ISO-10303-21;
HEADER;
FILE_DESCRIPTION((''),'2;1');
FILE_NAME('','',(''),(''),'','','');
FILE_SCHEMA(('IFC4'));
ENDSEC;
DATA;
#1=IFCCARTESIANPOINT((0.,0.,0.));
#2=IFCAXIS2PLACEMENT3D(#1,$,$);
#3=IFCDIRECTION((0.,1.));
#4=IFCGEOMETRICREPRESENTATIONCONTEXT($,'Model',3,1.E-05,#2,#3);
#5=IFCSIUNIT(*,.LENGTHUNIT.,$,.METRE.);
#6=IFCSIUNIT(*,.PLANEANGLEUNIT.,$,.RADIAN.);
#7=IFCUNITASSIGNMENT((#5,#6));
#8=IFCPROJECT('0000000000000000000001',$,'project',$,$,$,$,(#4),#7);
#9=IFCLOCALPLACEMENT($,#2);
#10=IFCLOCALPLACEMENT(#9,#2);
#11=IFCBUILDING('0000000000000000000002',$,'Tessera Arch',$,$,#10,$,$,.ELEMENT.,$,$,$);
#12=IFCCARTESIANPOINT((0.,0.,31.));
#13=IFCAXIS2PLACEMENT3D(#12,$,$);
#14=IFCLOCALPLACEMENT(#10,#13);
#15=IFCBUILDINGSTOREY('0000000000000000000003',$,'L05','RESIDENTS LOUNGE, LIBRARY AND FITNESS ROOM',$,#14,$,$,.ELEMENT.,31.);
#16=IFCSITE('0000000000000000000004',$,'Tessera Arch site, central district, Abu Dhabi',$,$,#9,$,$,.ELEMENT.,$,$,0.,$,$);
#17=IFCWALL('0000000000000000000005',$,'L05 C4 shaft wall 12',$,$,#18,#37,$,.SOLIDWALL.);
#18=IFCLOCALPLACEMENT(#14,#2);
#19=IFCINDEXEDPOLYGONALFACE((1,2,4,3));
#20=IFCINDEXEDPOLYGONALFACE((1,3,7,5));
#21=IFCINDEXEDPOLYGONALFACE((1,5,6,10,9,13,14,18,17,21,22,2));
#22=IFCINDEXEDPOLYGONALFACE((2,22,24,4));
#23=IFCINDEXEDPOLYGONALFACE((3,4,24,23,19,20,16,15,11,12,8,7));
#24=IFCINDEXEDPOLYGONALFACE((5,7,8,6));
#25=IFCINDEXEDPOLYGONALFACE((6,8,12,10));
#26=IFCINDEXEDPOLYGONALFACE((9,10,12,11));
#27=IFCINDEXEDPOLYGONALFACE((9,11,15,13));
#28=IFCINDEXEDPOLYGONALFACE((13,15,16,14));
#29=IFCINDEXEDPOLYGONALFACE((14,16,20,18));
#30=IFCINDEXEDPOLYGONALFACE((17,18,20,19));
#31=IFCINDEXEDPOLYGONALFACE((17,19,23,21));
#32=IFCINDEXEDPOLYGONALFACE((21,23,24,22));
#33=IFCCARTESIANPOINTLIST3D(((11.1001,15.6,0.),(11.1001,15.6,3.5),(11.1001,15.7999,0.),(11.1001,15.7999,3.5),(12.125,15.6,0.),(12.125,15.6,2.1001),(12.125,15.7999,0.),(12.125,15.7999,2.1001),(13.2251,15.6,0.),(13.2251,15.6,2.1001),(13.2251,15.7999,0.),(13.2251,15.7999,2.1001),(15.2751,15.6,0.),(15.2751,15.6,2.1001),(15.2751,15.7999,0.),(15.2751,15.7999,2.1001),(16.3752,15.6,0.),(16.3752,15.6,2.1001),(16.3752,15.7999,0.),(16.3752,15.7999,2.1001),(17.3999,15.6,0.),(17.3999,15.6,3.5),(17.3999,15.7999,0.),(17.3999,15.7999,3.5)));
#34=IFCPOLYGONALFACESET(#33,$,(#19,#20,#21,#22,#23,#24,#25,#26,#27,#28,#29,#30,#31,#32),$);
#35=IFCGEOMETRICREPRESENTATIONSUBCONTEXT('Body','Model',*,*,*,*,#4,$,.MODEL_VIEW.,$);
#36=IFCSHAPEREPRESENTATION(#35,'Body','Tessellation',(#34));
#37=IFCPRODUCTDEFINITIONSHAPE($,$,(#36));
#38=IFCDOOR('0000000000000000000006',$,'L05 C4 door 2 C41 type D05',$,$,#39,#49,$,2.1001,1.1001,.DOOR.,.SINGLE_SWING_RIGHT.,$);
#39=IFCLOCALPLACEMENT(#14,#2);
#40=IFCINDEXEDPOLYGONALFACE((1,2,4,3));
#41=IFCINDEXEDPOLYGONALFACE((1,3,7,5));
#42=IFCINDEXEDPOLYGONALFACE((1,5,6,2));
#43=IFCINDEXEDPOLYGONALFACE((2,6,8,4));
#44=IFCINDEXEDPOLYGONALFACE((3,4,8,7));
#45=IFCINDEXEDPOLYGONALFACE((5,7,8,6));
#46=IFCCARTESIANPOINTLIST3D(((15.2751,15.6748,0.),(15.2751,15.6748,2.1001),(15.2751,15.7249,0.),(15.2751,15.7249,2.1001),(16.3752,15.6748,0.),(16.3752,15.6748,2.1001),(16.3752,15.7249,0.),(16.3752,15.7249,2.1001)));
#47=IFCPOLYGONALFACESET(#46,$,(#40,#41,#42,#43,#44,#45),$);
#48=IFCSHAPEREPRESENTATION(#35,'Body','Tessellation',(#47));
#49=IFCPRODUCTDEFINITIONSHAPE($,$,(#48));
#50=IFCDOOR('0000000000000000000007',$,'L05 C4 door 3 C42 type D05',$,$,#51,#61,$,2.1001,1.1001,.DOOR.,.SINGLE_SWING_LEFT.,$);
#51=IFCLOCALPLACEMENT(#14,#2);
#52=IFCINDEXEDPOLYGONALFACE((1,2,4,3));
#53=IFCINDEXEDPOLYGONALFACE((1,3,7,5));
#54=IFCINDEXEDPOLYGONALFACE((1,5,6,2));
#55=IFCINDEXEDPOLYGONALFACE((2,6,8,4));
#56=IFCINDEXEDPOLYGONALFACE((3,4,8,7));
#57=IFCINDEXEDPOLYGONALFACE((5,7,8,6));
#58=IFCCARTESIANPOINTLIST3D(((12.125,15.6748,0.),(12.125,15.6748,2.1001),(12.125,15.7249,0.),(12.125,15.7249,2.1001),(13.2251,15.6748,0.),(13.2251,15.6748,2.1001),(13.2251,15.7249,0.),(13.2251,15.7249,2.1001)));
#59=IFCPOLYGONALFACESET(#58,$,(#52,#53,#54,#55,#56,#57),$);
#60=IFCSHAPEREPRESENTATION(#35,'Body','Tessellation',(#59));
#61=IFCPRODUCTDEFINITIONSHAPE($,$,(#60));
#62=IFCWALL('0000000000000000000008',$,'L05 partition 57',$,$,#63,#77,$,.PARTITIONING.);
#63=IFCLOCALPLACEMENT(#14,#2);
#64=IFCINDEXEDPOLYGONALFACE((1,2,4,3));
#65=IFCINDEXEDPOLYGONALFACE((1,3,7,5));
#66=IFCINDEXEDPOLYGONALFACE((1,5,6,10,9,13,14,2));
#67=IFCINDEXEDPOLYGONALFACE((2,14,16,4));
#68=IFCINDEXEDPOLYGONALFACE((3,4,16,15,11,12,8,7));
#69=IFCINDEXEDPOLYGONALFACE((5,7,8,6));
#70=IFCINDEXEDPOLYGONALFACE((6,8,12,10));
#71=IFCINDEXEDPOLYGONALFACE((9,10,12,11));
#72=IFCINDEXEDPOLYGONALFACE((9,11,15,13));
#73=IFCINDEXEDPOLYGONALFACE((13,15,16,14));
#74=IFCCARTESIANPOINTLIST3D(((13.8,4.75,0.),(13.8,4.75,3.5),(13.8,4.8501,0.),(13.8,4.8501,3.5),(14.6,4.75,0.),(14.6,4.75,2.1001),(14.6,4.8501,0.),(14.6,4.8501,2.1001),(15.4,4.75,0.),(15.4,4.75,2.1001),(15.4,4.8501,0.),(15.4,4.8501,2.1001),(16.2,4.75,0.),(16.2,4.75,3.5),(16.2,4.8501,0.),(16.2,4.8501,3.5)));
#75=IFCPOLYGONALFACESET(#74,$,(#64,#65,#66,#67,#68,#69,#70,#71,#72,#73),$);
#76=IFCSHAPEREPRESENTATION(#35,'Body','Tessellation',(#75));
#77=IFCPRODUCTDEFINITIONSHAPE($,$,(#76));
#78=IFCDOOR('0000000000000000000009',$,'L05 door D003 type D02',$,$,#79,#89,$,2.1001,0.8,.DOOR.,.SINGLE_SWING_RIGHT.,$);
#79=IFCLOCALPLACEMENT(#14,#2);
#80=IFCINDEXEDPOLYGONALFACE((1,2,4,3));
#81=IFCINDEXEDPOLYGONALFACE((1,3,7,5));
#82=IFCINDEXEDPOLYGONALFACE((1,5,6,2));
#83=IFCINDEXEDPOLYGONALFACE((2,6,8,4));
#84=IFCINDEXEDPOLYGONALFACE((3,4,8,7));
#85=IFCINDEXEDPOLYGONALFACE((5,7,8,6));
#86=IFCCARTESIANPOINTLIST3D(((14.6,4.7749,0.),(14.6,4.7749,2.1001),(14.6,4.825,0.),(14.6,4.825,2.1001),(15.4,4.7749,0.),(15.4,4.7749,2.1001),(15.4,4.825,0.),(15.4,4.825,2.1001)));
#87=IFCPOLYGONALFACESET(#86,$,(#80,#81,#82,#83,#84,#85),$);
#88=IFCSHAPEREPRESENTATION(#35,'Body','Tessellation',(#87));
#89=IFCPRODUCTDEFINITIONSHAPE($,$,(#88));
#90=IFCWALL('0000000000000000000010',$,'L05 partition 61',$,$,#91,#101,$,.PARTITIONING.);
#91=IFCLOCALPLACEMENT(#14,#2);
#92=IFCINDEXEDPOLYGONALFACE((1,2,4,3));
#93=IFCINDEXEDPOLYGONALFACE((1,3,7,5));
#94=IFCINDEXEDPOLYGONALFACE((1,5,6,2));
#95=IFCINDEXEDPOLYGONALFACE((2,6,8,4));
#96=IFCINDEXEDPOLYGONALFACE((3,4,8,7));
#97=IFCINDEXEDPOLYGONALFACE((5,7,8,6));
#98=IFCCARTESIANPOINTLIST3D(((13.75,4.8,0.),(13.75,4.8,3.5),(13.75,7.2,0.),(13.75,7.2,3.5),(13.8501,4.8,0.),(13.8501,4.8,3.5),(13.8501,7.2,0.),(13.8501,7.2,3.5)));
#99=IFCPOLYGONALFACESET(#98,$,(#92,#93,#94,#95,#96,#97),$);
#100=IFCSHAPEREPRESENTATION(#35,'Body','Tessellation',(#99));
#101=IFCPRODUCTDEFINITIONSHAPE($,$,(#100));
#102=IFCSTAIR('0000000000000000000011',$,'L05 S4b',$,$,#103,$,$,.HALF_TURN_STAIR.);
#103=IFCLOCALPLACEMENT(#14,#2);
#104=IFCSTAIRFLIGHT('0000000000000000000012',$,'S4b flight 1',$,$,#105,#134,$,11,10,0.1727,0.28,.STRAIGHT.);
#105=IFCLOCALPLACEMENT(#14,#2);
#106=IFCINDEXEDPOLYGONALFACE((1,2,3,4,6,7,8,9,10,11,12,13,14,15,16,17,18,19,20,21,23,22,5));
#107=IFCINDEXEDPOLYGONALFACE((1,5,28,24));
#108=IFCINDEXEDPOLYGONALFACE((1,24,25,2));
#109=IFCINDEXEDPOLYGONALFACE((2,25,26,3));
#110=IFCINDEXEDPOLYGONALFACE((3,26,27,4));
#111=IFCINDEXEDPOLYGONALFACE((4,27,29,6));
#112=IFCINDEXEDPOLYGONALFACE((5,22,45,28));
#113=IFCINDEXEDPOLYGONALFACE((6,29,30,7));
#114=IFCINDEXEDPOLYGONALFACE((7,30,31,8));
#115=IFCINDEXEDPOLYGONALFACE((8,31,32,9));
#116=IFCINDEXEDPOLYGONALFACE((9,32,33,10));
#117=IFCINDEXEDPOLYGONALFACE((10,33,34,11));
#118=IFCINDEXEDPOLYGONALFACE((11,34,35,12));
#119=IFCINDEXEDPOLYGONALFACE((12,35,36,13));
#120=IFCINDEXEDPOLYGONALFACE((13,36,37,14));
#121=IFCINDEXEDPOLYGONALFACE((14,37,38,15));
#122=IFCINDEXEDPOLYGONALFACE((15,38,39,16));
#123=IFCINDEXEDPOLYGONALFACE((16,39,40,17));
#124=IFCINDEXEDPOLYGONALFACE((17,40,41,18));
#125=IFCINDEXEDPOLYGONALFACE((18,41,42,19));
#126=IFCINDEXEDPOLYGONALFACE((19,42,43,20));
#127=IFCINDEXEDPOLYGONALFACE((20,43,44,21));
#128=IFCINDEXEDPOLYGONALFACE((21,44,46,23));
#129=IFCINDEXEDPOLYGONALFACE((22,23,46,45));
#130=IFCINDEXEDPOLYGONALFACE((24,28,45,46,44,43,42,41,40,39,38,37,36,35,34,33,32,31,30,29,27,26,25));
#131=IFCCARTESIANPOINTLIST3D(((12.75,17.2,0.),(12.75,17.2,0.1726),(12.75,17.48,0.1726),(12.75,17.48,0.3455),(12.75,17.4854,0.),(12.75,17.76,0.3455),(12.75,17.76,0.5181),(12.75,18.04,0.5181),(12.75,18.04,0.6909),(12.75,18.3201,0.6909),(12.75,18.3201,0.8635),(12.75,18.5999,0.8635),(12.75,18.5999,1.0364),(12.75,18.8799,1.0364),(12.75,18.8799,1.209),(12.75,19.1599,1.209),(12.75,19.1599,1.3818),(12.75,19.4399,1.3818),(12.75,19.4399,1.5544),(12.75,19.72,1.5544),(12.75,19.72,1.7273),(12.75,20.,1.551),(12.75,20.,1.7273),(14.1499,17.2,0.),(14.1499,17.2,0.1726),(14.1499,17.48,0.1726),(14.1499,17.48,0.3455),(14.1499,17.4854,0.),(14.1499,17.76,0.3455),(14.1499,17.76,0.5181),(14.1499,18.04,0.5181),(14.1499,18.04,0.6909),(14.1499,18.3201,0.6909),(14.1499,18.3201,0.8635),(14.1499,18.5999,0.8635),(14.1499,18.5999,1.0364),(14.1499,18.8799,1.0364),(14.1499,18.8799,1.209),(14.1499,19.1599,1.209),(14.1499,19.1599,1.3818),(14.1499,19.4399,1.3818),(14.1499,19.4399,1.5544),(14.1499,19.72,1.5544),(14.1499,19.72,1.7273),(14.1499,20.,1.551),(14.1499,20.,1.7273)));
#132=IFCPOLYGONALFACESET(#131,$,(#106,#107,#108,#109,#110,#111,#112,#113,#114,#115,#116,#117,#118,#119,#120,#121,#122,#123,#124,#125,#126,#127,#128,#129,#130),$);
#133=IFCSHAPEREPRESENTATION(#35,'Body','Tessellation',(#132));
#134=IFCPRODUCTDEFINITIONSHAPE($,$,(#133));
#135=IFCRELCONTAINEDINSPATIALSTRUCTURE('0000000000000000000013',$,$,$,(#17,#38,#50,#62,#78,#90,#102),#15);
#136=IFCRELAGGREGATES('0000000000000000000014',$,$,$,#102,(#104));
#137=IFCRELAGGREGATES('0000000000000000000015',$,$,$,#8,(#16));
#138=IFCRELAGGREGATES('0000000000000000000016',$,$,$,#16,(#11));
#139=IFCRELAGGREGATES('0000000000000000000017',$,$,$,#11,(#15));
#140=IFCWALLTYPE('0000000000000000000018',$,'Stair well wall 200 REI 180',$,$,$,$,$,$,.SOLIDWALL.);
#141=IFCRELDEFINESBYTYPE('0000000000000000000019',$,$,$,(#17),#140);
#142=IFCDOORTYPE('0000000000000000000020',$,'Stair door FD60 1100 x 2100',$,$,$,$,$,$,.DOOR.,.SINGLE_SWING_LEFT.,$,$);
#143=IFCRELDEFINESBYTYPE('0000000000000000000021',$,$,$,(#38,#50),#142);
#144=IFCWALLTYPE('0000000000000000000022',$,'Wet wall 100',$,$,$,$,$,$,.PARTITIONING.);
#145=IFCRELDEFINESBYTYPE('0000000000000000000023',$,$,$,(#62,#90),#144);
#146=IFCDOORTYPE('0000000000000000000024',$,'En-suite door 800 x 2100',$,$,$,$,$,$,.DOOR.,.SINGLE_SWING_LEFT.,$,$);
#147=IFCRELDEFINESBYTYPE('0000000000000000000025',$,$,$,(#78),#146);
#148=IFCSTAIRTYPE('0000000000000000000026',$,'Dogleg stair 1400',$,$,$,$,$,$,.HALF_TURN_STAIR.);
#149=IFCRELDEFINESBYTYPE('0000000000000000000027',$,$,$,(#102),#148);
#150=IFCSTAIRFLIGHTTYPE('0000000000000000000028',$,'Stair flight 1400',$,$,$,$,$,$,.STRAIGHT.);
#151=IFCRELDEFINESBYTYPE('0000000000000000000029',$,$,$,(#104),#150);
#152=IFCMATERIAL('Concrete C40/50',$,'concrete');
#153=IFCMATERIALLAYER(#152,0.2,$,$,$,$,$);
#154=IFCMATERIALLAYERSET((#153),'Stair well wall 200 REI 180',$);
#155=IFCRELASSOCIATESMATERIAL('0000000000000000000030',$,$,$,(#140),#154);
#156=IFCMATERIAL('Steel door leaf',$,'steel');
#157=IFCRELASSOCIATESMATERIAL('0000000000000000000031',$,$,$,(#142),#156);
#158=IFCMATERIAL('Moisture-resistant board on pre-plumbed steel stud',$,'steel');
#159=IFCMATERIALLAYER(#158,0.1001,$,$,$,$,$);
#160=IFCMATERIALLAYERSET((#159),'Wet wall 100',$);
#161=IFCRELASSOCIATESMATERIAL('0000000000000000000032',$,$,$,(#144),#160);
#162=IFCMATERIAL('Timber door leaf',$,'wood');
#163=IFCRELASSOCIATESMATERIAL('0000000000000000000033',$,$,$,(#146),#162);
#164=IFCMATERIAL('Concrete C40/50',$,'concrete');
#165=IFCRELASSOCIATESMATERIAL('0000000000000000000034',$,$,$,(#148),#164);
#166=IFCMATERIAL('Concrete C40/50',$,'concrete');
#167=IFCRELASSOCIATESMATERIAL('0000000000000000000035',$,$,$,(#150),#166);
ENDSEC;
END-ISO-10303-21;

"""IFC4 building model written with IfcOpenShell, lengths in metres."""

from ifc_helpers import new_model, si_unit, direction, frame, frame_2d, origin, place, context, subcontext, project, spatial, polyline, rectangle, outline, extrude, material, layer, layer_set, type_object, element, fill, aggregate, save


model = new_model("IFC4")

# Units and contexts
model_context = context("Model", 3, precision=1e-05, world=origin(), true_north=direction((0.0, 1.0)))
body_context = subcontext(model_context, "Body", "Model", "MODEL_VIEW")
ifc_project = project(units=[si_unit("LENGTHUNIT", "METRE"), si_unit("PLANEANGLEUNIT", "RADIAN")], contexts=[model_context])

# Site, building, storey
site_placement = place(None, origin())
site = spatial("IfcSite", under=ifc_project, at=site_placement, Name="Tessera Arch site, central district, Abu Dhabi", CompositionType="ELEMENT", RefElevation=0.0)
building_placement = place(site_placement, origin())
building = spatial("IfcBuilding", under=site, at=building_placement, Name="Tessera Arch", CompositionType="ELEMENT")
storey_placement = place(building_placement, frame((0.0, 0.0, 31.0)))
storey = spatial("IfcBuildingStorey", under=building, at=storey_placement, Name="L05", Description="RESIDENTS LOUNGE, LIBRARY AND FITNESS ROOM", CompositionType="ELEMENT", Elevation=31.0)

# Shared definitions
ifc_material_1 = material(Name="Concrete C40/50", Category="concrete")
ifc_layer_1 = layer(ifc_material_1, 0.2)
ifc_layer_set_1 = layer_set([ifc_layer_1], Name="Stair well wall 200 REI 180")
wall_type_1 = type_object("IfcWallType", Name="Stair well wall 200 REI 180", PredefinedType="SOLIDWALL", material=ifc_layer_set_1)

# Wall, openings, doors
wall_1_placement = place(storey_placement, frame((11.1001, 15.7, 0.0), z_axis=(0.0, 0.0, 1.0), x_axis=(1.0, 0.0, 0.0)))
wall_1 = element("IfcWall", 1, at=wall_1_placement, inside=storey, type_object=wall_type_1, Name="L05 C4 shaft wall 12", PredefinedType="SOLIDWALL", context=body_context, shape_type="SweptSolid", body=[
    extrude(rectangle(XDim=6.2998, YDim=0.2, at=frame_2d((3.1499, 0.0))), origin(), (0.0, 0.0, 1.0), 3.5),
])
opening_1_placement = place(wall_1_placement, frame((4.175, 0.0, 0.0)))
opening_1 = element("IfcOpeningElement", 2, at=opening_1_placement, cuts=wall_1, PredefinedType="OPENING", context=body_context, shape_type="SweptSolid", body=[
    extrude(rectangle(XDim=1.1001, YDim=2.1001, at=frame_2d((0.55, 1.05))), frame((0.0, 0.1099, 0.0), z_axis=(0.0, -1.0, 0.0), x_axis=(1.0, 0.0, 0.0)), (0.0, 0.0, 1.0), 0.22),
])
opening_2_placement = place(wall_1_placement, frame((1.0249, 0.0, 0.0)))
opening_2 = element("IfcOpeningElement", 3, at=opening_2_placement, cuts=wall_1, PredefinedType="OPENING", context=body_context, shape_type="SweptSolid", body=[
    extrude(rectangle(XDim=1.1001, YDim=2.1001, at=frame_2d((0.55, 1.05))), frame((0.0, 0.1099, 0.0), z_axis=(0.0, -1.0, 0.0), x_axis=(1.0, 0.0, 0.0)), (0.0, 0.0, 1.0), 0.22),
])
ifc_material_2 = material(Name="Steel door leaf", Category="steel")
door_type_1 = type_object("IfcDoorType", Name="Stair door FD60 1100 x 2100", OperationType="SINGLE_SWING_LEFT", PredefinedType="DOOR", material=ifc_material_2)
door_1_placement = place(opening_1_placement, origin())
door_1 = element("IfcDoor", 4, at=door_1_placement, inside=storey, type_object=door_type_1, Name="L05 C4 door 2 C41 type D05", OperationType="SINGLE_SWING_RIGHT", OverallHeight=2.1001, OverallWidth=1.1001, PredefinedType="DOOR", context=body_context, shape_type="SweptSolid", body=[
    extrude(rectangle(XDim=1.1001, YDim=2.1001, at=frame_2d((0.55, 1.05))), frame((0.0, 0.0249, 0.0), z_axis=(0.0, -1.0, 0.0), x_axis=(1.0, 0.0, 0.0)), (0.0, 0.0, 1.0), 0.05),
])
fill(opening_1, door_1)
door_2_placement = place(opening_2_placement, origin())
door_2 = element("IfcDoor", 5, at=door_2_placement, inside=storey, type_object=door_type_1, Name="L05 C4 door 3 C42 type D05", OperationType="SINGLE_SWING_LEFT", OverallHeight=2.1001, OverallWidth=1.1001, PredefinedType="DOOR", context=body_context, shape_type="SweptSolid", body=[
    extrude(rectangle(XDim=1.1001, YDim=2.1001, at=frame_2d((0.55, 1.05))), frame((0.0, 0.0249, 0.0), z_axis=(0.0, -1.0, 0.0), x_axis=(1.0, 0.0, 0.0)), (0.0, 0.0, 1.0), 0.05),
])
fill(opening_2, door_2)

# Wall, opening, door
ifc_material_3 = material(Name="Moisture-resistant board on pre-plumbed steel stud", Category="steel")
ifc_layer_2 = layer(ifc_material_3, 0.1001)
ifc_layer_set_2 = layer_set([ifc_layer_2], Name="Wet wall 100")
wall_type_2 = type_object("IfcWallType", Name="Wet wall 100", PredefinedType="PARTITIONING", material=ifc_layer_set_2)
wall_2_placement = place(storey_placement, frame((13.8, 4.8, 0.0), z_axis=(0.0, 0.0, 1.0), x_axis=(1.0, 0.0, 0.0)))
wall_2 = element("IfcWall", 6, at=wall_2_placement, inside=storey, type_object=wall_type_2, Name="L05 partition 57", PredefinedType="PARTITIONING", context=body_context, shape_type="SweptSolid", body=[
    extrude(rectangle(XDim=2.3999, YDim=0.1001, at=frame_2d((1.2, 0.0))), origin(), (0.0, 0.0, 1.0), 3.5),
])
opening_3_placement = place(wall_2_placement, frame((0.8, 0.0, 0.0)))
opening_3 = element("IfcOpeningElement", 7, at=opening_3_placement, cuts=wall_2, PredefinedType="OPENING", context=body_context, shape_type="SweptSolid", body=[
    extrude(rectangle(XDim=0.8, YDim=2.1001, at=frame_2d((0.3999, 1.05))), frame((0.0, 0.0601, 0.0), z_axis=(0.0, -1.0, 0.0), x_axis=(1.0, 0.0, 0.0)), (0.0, 0.0, 1.0), 0.1201),
])
ifc_material_4 = material(Name="Timber door leaf", Category="wood")
door_type_2 = type_object("IfcDoorType", Name="En-suite door 800 x 2100", OperationType="SINGLE_SWING_LEFT", PredefinedType="DOOR", material=ifc_material_4)
door_3_placement = place(opening_3_placement, origin())
door_3 = element("IfcDoor", 8, at=door_3_placement, inside=storey, type_object=door_type_2, Name="L05 door D003 type D02", OperationType="SINGLE_SWING_RIGHT", OverallHeight=2.1001, OverallWidth=0.8, PredefinedType="DOOR", context=body_context, shape_type="SweptSolid", body=[
    extrude(rectangle(XDim=0.8, YDim=2.1001, at=frame_2d((0.3999, 1.05))), frame((0.0, 0.0249, 0.0), z_axis=(0.0, -1.0, 0.0), x_axis=(1.0, 0.0, 0.0)), (0.0, 0.0, 1.0), 0.05),
])
fill(opening_3, door_3)

# Wall
wall_3_placement = place(storey_placement, frame((13.8, 4.8, 0.0), z_axis=(0.0, 0.0, 1.0), x_axis=(0.0, 1.0, 0.0)))
element("IfcWall", 9, at=wall_3_placement, inside=storey, type_object=wall_type_2, Name="L05 partition 61", PredefinedType="PARTITIONING", context=body_context, shape_type="SweptSolid", body=[
    extrude(rectangle(XDim=2.3999, YDim=0.1001, at=frame_2d((1.2, 0.0))), origin(), (0.0, 0.0, 1.0), 3.5),
])

# Stair, stair flight
ifc_material_5 = material(Name="Concrete C40/50", Category="concrete")
stair_type = type_object("IfcStairType", Name="Dogleg stair 1400", PredefinedType="HALF_TURN_STAIR", material=ifc_material_5)
stair_placement = place(storey_placement, origin())
stair = element("IfcStair", 10, at=stair_placement, inside=storey, type_object=stair_type, Name="L05 S4b", PredefinedType="HALF_TURN_STAIR")
ifc_material_6 = material(Name="Concrete C40/50", Category="concrete")
stair_flight_type = type_object("IfcStairFlightType", Name="Stair flight 1400", PredefinedType="STRAIGHT", material=ifc_material_6)
stair_flight_placement = place(storey_placement, frame((13.45, 17.2, 0.0), z_axis=(0.0, 0.0, 1.0), x_axis=(0.0, 1.0, 0.0)))
stair_flight = element("IfcStairFlight", 11, at=stair_flight_placement, type_object=stair_flight_type, Name="S4b flight 1", NumberOfRisers=11, NumberOfTreads=10, PredefinedType="STRAIGHT", RiserHeight=0.1727, TreadLength=0.28, context=body_context, shape_type="SweptSolid", body=[
    extrude(outline(polyline([(0.0, 0.0), (0.0, 0.1726), (0.28, 0.1726), (0.28, 0.3455), (0.5601, 0.3455), (0.5601, 0.5181), (0.8401, 0.5181), (0.8401, 0.6909), (1.1201, 0.6909), (1.1201, 0.8635), (1.3999, 0.8635), (1.3999, 1.0364), (1.6799, 1.0364), (1.6799, 1.209), (1.96, 1.209), (1.96, 1.3818), (2.24, 1.3818), (2.24, 1.5544), (2.52, 1.5544), (2.52, 1.7273), (2.8, 1.7273), (2.8, 1.8999), (2.8, 1.551), (0.2854, 0.0), (0.0, 0.0)])), frame((0.0, 0.7, 0.0), z_axis=(0.0, -1.0, 0.0), x_axis=(1.0, 0.0, 0.0)), (0.0, 0.0, 1.0), 1.3999),
])
aggregate(stair, [stair_flight])

save(model, "model.ifc")
